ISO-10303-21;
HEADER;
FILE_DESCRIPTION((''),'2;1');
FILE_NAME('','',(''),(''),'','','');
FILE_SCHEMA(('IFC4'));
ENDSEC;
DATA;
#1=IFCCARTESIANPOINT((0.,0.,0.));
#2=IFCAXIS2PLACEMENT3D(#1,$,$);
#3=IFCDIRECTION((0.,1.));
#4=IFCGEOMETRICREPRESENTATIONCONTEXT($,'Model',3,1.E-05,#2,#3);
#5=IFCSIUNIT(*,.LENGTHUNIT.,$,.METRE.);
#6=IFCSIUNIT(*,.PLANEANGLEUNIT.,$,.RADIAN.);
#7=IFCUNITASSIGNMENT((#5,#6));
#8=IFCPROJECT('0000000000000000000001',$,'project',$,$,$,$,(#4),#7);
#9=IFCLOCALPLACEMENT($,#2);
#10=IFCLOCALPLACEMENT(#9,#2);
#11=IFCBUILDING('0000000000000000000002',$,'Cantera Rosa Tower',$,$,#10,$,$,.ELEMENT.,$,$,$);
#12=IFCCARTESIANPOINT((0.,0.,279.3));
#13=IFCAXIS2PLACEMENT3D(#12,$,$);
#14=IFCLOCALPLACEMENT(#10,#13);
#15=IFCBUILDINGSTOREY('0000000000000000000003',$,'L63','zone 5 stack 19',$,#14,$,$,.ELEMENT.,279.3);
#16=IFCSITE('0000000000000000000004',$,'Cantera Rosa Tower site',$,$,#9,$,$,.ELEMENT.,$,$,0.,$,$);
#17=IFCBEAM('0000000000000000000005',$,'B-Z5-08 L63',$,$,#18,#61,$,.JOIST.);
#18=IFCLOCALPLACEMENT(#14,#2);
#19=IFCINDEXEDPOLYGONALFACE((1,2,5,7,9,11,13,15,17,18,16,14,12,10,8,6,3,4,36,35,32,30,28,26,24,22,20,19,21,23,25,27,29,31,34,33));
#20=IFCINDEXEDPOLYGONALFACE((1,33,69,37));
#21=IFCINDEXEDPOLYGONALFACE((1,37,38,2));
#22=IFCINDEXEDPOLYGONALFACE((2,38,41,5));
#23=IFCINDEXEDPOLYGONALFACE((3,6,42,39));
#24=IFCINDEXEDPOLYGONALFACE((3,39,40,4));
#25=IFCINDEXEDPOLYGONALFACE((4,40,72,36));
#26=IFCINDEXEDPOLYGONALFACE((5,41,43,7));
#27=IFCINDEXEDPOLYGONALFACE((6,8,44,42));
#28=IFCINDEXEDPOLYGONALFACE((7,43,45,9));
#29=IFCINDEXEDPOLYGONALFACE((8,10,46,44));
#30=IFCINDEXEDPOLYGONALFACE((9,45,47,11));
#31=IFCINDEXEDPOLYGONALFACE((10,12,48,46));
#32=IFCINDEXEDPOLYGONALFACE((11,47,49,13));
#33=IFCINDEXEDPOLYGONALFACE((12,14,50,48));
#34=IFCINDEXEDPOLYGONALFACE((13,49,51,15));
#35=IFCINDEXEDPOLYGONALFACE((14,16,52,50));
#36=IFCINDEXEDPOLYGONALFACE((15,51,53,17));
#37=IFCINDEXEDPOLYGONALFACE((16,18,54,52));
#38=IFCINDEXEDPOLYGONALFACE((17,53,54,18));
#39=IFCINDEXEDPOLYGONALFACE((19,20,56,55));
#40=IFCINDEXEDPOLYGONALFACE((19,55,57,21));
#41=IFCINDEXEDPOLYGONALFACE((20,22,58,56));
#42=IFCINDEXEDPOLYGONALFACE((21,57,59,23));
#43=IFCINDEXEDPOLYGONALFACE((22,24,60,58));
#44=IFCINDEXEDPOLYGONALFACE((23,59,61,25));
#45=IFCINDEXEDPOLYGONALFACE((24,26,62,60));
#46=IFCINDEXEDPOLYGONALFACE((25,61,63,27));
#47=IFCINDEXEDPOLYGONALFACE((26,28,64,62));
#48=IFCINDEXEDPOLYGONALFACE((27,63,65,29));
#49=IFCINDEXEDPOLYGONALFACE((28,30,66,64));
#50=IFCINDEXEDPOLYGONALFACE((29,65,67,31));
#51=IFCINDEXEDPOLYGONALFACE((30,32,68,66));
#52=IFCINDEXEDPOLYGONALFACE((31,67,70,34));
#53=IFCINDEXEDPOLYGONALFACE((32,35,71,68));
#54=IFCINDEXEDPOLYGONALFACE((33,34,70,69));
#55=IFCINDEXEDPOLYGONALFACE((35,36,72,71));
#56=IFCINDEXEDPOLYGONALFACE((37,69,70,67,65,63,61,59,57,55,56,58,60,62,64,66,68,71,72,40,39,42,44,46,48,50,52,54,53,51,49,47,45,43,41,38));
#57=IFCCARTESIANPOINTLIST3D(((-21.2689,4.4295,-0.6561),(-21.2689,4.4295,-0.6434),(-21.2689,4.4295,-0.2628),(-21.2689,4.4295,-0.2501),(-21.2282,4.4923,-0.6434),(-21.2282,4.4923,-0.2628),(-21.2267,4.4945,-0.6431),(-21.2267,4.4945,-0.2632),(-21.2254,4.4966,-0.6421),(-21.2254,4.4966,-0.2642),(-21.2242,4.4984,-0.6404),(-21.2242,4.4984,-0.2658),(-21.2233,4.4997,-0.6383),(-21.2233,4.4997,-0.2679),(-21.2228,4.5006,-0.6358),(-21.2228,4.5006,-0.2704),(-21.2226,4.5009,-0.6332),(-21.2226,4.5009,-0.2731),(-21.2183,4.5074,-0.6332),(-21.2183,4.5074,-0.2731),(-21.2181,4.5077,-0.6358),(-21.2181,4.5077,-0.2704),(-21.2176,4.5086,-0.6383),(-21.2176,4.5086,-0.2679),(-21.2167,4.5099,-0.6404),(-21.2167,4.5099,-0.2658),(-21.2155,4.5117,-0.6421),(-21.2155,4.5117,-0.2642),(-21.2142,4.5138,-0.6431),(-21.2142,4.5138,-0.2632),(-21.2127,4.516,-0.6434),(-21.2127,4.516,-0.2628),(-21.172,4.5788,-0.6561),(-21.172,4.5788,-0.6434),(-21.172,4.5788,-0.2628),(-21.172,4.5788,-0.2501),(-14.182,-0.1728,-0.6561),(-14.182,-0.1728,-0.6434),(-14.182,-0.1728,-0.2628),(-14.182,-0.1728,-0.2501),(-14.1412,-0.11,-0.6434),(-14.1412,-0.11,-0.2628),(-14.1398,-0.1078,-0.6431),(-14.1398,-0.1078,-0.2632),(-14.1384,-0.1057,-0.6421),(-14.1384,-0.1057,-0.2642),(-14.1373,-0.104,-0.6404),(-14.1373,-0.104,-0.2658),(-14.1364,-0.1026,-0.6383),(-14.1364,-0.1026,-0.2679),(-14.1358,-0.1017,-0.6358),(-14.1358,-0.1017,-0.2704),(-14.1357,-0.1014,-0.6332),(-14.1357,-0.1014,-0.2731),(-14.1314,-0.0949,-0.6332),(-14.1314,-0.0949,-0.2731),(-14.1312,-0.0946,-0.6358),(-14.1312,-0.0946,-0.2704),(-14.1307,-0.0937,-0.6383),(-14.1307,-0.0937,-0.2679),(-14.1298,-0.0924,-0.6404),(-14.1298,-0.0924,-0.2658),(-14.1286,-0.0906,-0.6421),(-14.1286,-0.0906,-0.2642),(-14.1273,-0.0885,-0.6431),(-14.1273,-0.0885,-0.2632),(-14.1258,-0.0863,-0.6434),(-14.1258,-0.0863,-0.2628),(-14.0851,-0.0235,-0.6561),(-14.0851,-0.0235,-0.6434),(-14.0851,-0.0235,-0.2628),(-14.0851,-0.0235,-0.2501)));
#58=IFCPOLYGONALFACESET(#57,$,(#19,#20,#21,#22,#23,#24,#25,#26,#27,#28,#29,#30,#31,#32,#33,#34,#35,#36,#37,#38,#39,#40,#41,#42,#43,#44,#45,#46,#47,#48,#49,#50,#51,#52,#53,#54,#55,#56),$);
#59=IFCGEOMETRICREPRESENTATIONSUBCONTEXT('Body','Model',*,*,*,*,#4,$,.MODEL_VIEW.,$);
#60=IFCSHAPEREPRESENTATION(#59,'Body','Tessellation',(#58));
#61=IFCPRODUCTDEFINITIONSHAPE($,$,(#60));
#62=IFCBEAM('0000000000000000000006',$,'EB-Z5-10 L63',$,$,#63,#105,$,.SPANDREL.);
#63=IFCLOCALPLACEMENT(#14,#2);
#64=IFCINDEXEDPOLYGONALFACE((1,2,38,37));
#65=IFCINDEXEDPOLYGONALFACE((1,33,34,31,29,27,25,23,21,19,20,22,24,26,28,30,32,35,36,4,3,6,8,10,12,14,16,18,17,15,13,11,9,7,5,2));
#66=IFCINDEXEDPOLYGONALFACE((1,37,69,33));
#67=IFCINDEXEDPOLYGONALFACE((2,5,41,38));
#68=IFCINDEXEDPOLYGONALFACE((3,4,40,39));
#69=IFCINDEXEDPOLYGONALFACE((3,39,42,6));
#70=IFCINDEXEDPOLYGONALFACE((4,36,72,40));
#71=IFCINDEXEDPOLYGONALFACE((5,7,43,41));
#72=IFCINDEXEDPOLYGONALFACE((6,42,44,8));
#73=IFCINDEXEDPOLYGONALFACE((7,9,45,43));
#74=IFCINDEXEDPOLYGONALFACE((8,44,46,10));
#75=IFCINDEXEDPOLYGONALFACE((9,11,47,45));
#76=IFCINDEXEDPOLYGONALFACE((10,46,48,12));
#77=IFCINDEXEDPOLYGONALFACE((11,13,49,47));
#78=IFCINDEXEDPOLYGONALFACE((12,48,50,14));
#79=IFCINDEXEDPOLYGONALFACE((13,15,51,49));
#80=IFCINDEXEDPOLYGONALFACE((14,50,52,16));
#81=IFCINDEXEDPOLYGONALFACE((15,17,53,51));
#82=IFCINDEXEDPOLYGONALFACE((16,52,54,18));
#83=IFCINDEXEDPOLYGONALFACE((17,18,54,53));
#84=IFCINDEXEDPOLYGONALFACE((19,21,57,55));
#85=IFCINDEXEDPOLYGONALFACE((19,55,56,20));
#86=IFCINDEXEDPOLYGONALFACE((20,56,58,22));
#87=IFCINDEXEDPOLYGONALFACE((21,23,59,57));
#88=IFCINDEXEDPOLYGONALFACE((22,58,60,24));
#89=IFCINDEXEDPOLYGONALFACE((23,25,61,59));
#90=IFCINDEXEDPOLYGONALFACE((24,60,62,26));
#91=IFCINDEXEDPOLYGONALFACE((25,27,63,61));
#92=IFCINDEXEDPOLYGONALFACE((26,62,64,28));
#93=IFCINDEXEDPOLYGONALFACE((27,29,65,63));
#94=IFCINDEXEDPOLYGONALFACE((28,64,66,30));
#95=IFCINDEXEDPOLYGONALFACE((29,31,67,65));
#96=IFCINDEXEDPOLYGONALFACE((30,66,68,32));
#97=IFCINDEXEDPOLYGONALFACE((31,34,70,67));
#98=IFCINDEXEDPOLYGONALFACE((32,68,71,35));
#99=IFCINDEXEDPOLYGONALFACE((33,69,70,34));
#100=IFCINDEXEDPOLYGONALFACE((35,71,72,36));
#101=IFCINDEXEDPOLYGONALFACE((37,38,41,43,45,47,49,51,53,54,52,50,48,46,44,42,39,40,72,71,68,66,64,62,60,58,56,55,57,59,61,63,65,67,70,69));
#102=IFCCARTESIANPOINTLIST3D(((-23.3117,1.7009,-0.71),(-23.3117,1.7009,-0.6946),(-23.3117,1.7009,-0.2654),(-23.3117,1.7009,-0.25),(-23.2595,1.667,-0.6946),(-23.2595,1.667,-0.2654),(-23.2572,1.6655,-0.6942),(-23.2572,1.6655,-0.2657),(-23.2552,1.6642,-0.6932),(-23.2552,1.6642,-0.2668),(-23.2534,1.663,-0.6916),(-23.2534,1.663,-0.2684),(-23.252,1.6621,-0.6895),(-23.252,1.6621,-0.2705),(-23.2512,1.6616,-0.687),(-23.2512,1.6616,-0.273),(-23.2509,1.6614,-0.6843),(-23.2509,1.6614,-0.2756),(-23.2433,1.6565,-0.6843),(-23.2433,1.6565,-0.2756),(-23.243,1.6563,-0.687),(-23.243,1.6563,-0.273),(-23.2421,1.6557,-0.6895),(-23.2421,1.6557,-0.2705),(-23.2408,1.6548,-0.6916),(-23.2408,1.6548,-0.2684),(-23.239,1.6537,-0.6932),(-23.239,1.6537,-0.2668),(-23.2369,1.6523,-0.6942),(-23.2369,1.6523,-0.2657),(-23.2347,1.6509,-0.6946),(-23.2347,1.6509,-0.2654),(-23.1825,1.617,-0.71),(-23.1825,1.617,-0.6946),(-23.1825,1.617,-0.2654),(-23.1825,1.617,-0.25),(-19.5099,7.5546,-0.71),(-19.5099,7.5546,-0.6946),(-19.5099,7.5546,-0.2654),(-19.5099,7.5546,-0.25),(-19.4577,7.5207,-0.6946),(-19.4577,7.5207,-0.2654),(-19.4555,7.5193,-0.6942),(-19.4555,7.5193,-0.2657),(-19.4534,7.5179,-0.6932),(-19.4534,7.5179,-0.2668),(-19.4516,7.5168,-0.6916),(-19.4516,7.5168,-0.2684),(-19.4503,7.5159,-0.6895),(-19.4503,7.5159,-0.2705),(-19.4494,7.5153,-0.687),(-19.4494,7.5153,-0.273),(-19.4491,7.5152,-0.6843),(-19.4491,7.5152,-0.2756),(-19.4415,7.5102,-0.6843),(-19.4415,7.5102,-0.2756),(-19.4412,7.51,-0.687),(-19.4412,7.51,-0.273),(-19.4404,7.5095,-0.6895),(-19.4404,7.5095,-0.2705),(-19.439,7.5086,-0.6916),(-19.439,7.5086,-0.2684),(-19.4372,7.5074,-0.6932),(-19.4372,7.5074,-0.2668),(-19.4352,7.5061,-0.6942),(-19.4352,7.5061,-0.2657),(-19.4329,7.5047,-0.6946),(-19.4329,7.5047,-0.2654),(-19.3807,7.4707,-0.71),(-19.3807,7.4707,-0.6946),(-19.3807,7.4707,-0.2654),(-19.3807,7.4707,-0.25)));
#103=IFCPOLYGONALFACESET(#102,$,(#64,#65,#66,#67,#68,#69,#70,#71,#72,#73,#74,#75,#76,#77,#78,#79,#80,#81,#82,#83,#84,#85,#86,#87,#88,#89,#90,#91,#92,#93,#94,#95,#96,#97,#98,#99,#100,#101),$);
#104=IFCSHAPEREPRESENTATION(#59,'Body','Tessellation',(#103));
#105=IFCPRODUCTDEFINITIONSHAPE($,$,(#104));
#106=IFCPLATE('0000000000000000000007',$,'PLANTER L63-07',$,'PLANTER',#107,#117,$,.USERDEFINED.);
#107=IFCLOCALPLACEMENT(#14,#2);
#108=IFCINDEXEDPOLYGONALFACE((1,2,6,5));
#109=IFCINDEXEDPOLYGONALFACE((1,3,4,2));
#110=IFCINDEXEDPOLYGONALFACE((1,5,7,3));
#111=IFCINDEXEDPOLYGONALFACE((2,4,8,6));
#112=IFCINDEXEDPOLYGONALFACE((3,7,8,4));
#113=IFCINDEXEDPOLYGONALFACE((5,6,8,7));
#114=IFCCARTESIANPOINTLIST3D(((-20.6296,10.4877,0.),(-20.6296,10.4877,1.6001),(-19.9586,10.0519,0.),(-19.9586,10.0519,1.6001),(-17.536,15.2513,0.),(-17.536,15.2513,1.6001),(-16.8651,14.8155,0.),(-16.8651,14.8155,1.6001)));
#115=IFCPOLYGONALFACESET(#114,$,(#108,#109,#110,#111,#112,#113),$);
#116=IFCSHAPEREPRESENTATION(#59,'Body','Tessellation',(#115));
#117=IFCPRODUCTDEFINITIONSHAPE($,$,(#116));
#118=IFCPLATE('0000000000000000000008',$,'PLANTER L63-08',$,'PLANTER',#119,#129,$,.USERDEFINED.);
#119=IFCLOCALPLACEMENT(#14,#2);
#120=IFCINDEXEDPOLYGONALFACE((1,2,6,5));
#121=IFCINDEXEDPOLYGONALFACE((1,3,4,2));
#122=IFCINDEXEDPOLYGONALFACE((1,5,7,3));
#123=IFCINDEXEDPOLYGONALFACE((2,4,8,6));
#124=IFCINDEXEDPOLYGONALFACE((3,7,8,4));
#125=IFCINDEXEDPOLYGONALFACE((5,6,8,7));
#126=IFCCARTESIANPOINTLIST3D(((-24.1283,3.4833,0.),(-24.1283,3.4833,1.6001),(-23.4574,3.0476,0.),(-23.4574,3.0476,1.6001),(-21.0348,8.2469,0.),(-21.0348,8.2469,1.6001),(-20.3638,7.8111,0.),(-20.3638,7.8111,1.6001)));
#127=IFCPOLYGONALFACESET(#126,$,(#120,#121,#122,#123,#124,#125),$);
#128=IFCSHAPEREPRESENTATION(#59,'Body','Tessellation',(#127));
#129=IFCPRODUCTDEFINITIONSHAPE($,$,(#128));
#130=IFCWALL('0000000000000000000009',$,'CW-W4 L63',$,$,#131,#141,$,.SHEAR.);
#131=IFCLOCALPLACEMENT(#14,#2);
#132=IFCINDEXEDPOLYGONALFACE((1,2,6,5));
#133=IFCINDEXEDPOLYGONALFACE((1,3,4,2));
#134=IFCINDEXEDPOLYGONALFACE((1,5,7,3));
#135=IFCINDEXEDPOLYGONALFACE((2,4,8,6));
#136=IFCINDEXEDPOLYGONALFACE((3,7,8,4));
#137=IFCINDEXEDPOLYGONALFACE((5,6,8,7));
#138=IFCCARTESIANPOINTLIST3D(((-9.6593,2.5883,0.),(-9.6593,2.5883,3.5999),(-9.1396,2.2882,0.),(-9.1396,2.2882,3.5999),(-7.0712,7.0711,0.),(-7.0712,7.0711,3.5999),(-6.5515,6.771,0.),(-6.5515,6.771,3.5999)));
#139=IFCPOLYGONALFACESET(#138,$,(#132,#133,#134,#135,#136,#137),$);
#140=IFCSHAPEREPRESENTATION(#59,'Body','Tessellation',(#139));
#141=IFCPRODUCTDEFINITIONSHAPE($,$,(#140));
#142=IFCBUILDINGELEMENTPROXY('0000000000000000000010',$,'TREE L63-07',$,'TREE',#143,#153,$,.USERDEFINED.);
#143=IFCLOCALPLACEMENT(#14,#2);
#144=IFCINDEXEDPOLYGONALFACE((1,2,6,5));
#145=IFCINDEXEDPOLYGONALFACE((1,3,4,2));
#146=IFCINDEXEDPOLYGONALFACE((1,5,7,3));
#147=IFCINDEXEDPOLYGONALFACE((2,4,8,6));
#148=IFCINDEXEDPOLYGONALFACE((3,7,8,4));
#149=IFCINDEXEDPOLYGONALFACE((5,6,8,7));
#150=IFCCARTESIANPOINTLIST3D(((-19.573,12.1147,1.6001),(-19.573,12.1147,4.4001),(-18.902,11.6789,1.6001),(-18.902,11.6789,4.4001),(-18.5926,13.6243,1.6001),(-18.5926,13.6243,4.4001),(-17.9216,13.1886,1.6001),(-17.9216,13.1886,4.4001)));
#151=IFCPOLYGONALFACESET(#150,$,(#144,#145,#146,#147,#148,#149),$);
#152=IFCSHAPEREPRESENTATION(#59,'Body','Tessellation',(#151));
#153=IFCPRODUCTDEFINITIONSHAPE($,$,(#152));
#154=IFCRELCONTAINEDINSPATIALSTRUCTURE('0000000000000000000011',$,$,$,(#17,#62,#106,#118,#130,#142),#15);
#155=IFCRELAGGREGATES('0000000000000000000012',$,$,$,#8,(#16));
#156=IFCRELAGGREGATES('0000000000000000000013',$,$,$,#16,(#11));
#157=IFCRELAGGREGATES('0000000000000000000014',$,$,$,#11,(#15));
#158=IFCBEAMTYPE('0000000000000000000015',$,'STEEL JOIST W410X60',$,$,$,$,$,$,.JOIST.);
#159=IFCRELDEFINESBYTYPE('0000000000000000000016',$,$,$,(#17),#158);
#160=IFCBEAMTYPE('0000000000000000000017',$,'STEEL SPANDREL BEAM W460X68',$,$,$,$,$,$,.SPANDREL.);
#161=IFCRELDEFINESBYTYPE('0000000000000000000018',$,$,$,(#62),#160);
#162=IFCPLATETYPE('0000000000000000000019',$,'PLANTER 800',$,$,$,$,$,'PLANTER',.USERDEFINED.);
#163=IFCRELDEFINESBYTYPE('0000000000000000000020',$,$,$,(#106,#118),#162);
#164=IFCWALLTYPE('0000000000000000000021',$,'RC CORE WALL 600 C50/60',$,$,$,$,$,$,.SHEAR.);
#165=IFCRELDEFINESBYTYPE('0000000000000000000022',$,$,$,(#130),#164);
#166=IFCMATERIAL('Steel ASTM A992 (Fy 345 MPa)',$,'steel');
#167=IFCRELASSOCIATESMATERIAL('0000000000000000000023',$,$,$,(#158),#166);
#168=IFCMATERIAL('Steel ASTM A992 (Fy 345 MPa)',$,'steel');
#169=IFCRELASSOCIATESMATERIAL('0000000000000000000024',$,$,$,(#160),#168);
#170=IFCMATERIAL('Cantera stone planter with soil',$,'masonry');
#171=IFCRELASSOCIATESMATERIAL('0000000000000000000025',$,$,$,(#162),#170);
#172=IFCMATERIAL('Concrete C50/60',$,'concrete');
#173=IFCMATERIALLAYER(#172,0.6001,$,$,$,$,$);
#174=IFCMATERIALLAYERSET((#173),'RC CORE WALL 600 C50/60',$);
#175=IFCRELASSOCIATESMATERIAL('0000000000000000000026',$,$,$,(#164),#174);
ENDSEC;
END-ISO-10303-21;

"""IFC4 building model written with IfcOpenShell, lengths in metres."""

from ifc_helpers import new_model, si_unit, direction, frame, frame_2d, origin, origin_2d, place, context, subcontext, project, spatial, rectangle, i_section, extrude, material, layer, layer_set, material_profile, profile_set, type_object, element, save


model = new_model("IFC4")

# Units and contexts
model_context = context("Model", 3, precision=1e-05, world=origin(), true_north=direction((0.0, 1.0)))
body_context = subcontext(model_context, "Body", "Model", "MODEL_VIEW")
ifc_project = project(units=[si_unit("LENGTHUNIT", "METRE"), si_unit("PLANEANGLEUNIT", "RADIAN")], contexts=[model_context])

# Site, building, storey
site_placement = place(None, origin())
site = spatial("IfcSite", under=ifc_project, at=site_placement, Name="Cantera Rosa Tower site", CompositionType="ELEMENT", RefElevation=0.0)
building_placement = place(site_placement, origin())
building = spatial("IfcBuilding", under=site, at=building_placement, Name="Cantera Rosa Tower", CompositionType="ELEMENT")
storey_placement = place(building_placement, frame((0.0, 0.0, 279.3)))
storey = spatial("IfcBuildingStorey", under=building, at=storey_placement, Name="L63", Description="zone 5 stack 19", CompositionType="ELEMENT", Elevation=279.3)

# Beams
ifc_material_1 = material(Name="Steel ASTM A992 (Fy 345 MPa)", Category="steel")
ifc_material_profile_1 = material_profile(ifc_material_1, i_section(OverallWidth=0.178, OverallDepth=0.406, WebThickness=0.0078, FlangeThickness=0.0127, FilletRadius=0.0103, at=origin_2d()), Name="W410X60")
ifc_profile_set_1 = profile_set([ifc_material_profile_1], Name="Steel ASTM A992 (Fy 345 MPa)")
beam_type_1 = type_object("IfcBeamType", Name="STEEL JOIST W410X60", PredefinedType="JOIST", material=ifc_profile_set_1)
for number, where, z_axis, x_axis, name in (
    (1, (-21.2205, 4.5042, -0.4531), (0.838671, -0.544639, 0.0), (0.544639, 0.838671, 0.0), "B-Z5-08 L63"),
):
    element("IfcBeam", number, at=place(storey_placement, frame(where, z_axis=z_axis, x_axis=x_axis)), inside=storey, type_object=beam_type_1, Name=name, PredefinedType="JOIST", context=body_context, shape_type="SweptSolid", body=[
        extrude(i_section(OverallWidth=0.178, OverallDepth=0.406, WebThickness=0.0078, FlangeThickness=0.0127, FilletRadius=0.0103, at=origin_2d()), origin(), (0.0, 0.0, 1.0), 8.4502),
    ])
ifc_material_2 = material(Name="Steel ASTM A992 (Fy 345 MPa)", Category="steel")
ifc_material_profile_2 = material_profile(ifc_material_2, i_section(OverallWidth=0.1541, OverallDepth=0.46, WebThickness=0.009, FlangeThickness=0.0154, FilletRadius=0.0103, at=origin_2d()), Name="W460X68")
ifc_profile_set_2 = profile_set([ifc_material_profile_2], Name="Steel ASTM A992 (Fy 345 MPa)")
beam_type_2 = type_object("IfcBeamType", Name="STEEL SPANDREL BEAM W460X68", PredefinedType="SPANDREL", material=ifc_profile_set_2)
beam_1_placement = place(storey_placement, frame((-19.4453, 7.5127, -0.48), z_axis=(-0.544667, -0.838652, 0.0), x_axis=(0.838652, -0.544667, 0.0)))
element("IfcBeam", 2, at=beam_1_placement, inside=storey, type_object=beam_type_2, Name="EB-Z5-10 L63", PredefinedType="SPANDREL", context=body_context, shape_type="SweptSolid", body=[
    extrude(i_section(OverallWidth=0.1541, OverallDepth=0.46, WebThickness=0.009, FlangeThickness=0.0154, FilletRadius=0.0103, at=origin_2d()), origin(), (0.0, 0.0, 1.0), 6.98),
])

# Plates
ifc_material_3 = material(Name="Cantera stone planter with soil", Category="masonry")
plate_type = type_object("IfcPlateType", Name="PLANTER 800", ElementType="PLANTER", PredefinedType="USERDEFINED", material=ifc_material_3)
for number, where, z_axis, x_axis, name in (
    (3, (-18.7473, 12.6516, 0.0), (0.0, 0.0, 1.0), (-0.544639, -0.838671, 0.0), "PLANTER L63-07"),
    (4, (-22.2461, 5.6472, 0.0), (0.0, 0.0, 1.0), (-0.544639, -0.838671, 0.0), "PLANTER L63-08"),
):
    element("IfcPlate", number, at=place(storey_placement, frame(where, z_axis=z_axis, x_axis=x_axis)), inside=storey, type_object=plate_type, Name=name, ObjectType="PLANTER", PredefinedType="USERDEFINED", context=body_context, shape_type="SweptSolid", body=[
        extrude(rectangle(XDim=5.6799, YDim=0.8, at=origin_2d()), origin(), (0.0, 0.0, 1.0), 1.6001),
    ])

# Wall
ifc_material_4 = material(Name="Concrete C50/60", Category="concrete")
ifc_layer_1 = layer(ifc_material_4, 0.6001)
ifc_layer_set_1 = layer_set([ifc_layer_1], Name="RC CORE WALL 600 C50/60")
wall_type_1 = type_object("IfcWallType", Name="RC CORE WALL 600 C50/60", PredefinedType="SHEAR", material=ifc_layer_set_1)
wall_1_placement = place(storey_placement, frame((-9.3994, 2.4382, 0.0), z_axis=(0.0, 0.0, 1.0), x_axis=(0.499989, 0.866032, 0.0)))
element("IfcWall", 5, at=wall_1_placement, inside=storey, type_object=wall_type_1, Name="CW-W4 L63", PredefinedType="SHEAR", context=body_context, shape_type="SweptSolid", body=[
    extrude(rectangle(XDim=5.1763, YDim=0.6001, at=frame_2d((2.5881, 0.0))), origin(), (0.0, 0.0, 1.0), 3.5999),
])

# Building element proxy
proxy_placement = place(storey_placement, frame((-18.7473, 12.6516, 1.6001), z_axis=(0.0, 0.0, 1.0), x_axis=(-0.544639, -0.838671, 0.0)))
element("IfcBuildingElementProxy", 6, at=proxy_placement, inside=storey, Name="TREE L63-07", ObjectType="TREE", PredefinedType="USERDEFINED", context=body_context, shape_type="SweptSolid", body=[
    extrude(rectangle(XDim=1.8, YDim=0.8, at=origin_2d()), origin(), (0.0, 0.0, 1.0), 2.8),
])

save(model, "model.ifc")
